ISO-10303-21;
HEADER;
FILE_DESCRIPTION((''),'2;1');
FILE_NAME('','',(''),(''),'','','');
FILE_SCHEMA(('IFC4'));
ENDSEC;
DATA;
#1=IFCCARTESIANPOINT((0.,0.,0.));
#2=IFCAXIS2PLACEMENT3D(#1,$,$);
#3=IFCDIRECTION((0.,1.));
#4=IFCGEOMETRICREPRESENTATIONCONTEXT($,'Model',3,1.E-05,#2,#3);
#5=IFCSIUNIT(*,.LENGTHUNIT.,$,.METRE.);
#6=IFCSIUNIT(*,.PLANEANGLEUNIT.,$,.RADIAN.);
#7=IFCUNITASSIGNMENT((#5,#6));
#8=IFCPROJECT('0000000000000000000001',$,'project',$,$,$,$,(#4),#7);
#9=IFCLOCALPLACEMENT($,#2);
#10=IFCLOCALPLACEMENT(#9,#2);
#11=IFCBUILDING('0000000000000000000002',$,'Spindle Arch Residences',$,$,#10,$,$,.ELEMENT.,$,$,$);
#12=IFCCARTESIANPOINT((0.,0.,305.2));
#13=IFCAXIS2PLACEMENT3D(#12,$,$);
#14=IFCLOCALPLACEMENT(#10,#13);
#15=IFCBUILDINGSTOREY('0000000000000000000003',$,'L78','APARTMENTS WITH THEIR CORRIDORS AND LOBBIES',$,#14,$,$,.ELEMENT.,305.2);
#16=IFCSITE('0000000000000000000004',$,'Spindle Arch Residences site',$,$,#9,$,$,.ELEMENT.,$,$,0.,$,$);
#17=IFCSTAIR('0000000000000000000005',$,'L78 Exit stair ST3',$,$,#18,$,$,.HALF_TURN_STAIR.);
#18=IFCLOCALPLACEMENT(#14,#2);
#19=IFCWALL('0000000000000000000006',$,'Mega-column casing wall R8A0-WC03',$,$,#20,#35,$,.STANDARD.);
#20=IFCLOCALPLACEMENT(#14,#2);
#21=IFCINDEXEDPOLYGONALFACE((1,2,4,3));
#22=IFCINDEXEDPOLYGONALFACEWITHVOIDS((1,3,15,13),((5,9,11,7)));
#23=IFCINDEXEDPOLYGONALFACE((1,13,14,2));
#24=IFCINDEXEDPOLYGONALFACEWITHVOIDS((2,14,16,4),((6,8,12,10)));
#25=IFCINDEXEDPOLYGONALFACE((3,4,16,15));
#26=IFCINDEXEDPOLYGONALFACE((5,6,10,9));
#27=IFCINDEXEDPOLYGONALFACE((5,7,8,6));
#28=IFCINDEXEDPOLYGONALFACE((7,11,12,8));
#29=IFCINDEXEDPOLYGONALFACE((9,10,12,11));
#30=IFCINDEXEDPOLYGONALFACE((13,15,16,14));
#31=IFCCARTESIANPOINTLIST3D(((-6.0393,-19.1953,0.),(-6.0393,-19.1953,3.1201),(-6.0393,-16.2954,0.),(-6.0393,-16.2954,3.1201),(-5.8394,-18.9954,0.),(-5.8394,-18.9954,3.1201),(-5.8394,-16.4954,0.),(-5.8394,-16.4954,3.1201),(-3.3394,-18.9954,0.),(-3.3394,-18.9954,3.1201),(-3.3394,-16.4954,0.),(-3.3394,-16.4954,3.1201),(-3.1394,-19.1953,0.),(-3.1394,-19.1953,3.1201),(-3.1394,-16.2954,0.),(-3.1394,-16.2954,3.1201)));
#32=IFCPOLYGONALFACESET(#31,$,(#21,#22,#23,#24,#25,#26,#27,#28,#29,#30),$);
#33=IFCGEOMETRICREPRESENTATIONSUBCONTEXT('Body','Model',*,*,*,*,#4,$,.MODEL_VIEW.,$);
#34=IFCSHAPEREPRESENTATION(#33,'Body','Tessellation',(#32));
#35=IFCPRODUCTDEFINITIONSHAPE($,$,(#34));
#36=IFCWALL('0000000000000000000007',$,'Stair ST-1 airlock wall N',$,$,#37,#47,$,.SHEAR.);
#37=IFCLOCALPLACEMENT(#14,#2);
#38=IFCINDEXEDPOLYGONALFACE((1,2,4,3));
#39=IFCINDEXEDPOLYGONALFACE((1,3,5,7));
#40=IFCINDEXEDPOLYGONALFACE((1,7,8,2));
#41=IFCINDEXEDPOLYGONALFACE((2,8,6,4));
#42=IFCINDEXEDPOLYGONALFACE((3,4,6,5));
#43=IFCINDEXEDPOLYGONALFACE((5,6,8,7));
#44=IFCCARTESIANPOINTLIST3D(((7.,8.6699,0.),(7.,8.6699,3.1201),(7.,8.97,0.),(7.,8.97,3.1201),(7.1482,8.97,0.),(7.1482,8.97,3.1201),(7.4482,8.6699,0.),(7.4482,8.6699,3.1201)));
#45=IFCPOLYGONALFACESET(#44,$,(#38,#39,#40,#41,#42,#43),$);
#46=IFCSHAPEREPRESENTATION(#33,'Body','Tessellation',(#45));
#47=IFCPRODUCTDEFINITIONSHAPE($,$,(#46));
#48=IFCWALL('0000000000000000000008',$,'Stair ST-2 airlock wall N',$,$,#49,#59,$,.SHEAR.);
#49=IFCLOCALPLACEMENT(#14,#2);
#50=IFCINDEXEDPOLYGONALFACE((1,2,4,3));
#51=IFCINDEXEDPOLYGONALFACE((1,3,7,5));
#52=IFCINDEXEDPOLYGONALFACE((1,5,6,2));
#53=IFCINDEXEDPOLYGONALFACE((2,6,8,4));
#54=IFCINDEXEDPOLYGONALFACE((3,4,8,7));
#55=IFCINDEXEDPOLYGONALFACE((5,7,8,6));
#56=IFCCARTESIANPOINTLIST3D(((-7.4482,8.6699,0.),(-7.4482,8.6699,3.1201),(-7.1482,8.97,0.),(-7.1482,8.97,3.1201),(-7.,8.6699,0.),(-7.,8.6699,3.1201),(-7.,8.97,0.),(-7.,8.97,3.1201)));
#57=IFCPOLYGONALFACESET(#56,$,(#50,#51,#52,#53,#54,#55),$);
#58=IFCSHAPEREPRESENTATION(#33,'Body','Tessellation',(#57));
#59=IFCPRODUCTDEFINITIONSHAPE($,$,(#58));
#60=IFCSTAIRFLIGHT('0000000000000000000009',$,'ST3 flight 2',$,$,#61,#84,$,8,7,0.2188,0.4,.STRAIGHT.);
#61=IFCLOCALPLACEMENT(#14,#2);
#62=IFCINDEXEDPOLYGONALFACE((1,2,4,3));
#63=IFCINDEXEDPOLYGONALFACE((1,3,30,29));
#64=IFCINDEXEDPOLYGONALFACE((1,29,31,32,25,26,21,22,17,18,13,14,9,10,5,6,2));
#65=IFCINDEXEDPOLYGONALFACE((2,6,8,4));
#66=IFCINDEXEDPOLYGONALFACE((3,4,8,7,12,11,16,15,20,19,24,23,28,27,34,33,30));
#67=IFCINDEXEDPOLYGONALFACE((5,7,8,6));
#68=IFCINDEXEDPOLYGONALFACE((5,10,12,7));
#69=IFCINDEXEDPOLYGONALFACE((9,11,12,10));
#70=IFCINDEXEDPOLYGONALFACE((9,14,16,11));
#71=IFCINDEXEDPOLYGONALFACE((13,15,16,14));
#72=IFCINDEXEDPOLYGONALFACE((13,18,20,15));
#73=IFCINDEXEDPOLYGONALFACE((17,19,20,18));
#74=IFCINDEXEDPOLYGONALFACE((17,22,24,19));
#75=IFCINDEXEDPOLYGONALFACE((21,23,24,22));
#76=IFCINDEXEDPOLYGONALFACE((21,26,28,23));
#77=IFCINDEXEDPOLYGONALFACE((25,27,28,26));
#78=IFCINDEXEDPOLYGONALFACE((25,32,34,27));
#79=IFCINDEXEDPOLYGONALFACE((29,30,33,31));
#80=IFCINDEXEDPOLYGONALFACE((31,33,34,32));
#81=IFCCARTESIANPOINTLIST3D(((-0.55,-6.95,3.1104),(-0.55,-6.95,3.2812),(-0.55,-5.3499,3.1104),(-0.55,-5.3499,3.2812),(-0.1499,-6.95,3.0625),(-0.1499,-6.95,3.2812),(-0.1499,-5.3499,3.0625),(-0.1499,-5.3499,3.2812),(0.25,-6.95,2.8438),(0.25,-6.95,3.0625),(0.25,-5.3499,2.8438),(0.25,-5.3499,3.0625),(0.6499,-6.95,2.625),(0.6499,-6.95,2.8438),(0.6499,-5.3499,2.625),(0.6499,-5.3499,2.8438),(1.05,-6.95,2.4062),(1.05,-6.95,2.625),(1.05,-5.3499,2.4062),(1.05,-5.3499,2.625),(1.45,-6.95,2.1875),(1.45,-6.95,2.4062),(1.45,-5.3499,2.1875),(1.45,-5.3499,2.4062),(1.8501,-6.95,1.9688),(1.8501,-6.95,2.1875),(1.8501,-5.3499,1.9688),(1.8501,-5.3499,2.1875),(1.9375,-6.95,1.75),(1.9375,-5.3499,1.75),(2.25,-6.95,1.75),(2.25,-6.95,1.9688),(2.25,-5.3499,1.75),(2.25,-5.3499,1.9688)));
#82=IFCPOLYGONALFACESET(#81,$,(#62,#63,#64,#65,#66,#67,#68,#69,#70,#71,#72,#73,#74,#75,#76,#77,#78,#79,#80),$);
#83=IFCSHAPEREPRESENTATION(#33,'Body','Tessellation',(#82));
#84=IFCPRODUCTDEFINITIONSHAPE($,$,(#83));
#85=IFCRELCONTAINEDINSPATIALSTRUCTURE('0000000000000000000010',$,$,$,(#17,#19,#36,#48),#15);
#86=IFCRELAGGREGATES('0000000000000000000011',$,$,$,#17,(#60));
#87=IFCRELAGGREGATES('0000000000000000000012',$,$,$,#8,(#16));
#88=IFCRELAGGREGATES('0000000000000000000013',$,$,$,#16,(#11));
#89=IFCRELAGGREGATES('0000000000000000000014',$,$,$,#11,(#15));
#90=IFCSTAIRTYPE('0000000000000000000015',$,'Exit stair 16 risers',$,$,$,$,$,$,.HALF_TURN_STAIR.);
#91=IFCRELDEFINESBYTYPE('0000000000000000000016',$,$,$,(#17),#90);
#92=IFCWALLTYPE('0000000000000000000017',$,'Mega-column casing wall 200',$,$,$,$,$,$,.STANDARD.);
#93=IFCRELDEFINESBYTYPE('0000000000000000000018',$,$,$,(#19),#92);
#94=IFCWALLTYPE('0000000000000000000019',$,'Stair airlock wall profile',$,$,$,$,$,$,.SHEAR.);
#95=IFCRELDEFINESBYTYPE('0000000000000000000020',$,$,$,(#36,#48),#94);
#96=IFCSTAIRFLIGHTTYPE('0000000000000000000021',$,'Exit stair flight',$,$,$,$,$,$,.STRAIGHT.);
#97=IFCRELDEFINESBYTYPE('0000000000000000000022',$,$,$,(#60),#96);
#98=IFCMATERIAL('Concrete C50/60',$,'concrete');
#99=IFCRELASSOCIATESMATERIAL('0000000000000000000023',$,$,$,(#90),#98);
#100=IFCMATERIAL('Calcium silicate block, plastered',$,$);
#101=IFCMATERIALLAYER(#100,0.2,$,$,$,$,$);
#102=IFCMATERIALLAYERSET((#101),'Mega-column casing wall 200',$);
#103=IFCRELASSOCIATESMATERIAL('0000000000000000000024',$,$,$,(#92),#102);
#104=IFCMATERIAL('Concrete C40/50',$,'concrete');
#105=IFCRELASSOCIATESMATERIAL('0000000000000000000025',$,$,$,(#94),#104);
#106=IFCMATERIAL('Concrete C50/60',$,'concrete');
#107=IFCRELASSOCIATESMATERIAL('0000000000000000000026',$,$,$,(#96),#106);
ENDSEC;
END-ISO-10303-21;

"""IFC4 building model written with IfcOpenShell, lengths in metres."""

from ifc_helpers import new_model, si_unit, direction, frame, origin, place, context, subcontext, project, spatial, polyline, outline, extrude, material, layer, layer_set, type_object, element, aggregate, save


model = new_model("IFC4")

# Units and contexts
model_context = context("Model", 3, precision=1e-05, world=origin(), true_north=direction((0.0, 1.0)))
body_context = subcontext(model_context, "Body", "Model", "MODEL_VIEW")
ifc_project = project(units=[si_unit("LENGTHUNIT", "METRE"), si_unit("PLANEANGLEUNIT", "RADIAN")], contexts=[model_context])

# Site, building, storey
site_placement = place(None, origin())
site = spatial("IfcSite", under=ifc_project, at=site_placement, Name="Spindle Arch Residences site", CompositionType="ELEMENT", RefElevation=0.0)
building_placement = place(site_placement, origin())
building = spatial("IfcBuilding", under=site, at=building_placement, Name="Spindle Arch Residences", CompositionType="ELEMENT")
storey_placement = place(building_placement, frame((0.0, 0.0, 305.2)))
storey = spatial("IfcBuildingStorey", under=building, at=storey_placement, Name="L78", Description="APARTMENTS WITH THEIR CORRIDORS AND LOBBIES", CompositionType="ELEMENT", Elevation=305.2)

# Stair
ifc_material_1 = material(Name="Concrete C50/60", Category="concrete")
stair_type = type_object("IfcStairType", Name="Exit stair 16 risers", PredefinedType="HALF_TURN_STAIR", material=ifc_material_1)
stair_1_placement = place(storey_placement, origin())
stair_1 = element("IfcStair", 1, at=stair_1_placement, inside=storey, type_object=stair_type, Name="L78 Exit stair ST3", PredefinedType="HALF_TURN_STAIR")

# Walls
ifc_material_2 = material(Name="Calcium silicate block, plastered")
ifc_layer_1 = layer(ifc_material_2, 0.2)
ifc_layer_set_1 = layer_set([ifc_layer_1], Name="Mega-column casing wall 200")
wall_type_1 = type_object("IfcWallType", Name="Mega-column casing wall 200", PredefinedType="STANDARD", material=ifc_layer_set_1)
wall_1_placement = place(storey_placement, origin())
element("IfcWall", 2, at=wall_1_placement, inside=storey, type_object=wall_type_1, Name="Mega-column casing wall R8A0-WC03", PredefinedType="STANDARD", context=body_context, shape_type="SweptSolid", body=[
    extrude(outline(polyline([(-3.1394, -16.2954), (-3.1394, -19.1953), (-6.0393, -19.1953), (-6.0393, -16.2954), (-3.1394, -16.2954)]), holes=[polyline([(-5.8394, -18.9954), (-3.3394, -18.9954), (-3.3394, -16.4954), (-5.8394, -16.4954), (-5.8394, -18.9954)])]), origin(), (0.0, 0.0, 1.0), 3.1201),
])
ifc_material_3 = material(Name="Concrete C40/50", Category="concrete")
wall_type_2 = type_object("IfcWallType", Name="Stair airlock wall profile", PredefinedType="SHEAR", material=ifc_material_3)
wall_2_placement = place(storey_placement, origin())
element("IfcWall", 3, at=wall_2_placement, inside=storey, type_object=wall_type_2, Name="Stair ST-1 airlock wall N", PredefinedType="SHEAR", context=body_context, shape_type="SweptSolid", body=[
    extrude(outline(polyline([(7.4482, 8.6699), (7.0, 8.6699), (7.0, 8.97), (7.1482, 8.97), (7.4482, 8.6699)])), origin(), (0.0, 0.0, 1.0), 3.1201),
])
wall_3_placement = place(storey_placement, origin())
element("IfcWall", 4, at=wall_3_placement, inside=storey, type_object=wall_type_2, Name="Stair ST-2 airlock wall N", PredefinedType="SHEAR", context=body_context, shape_type="SweptSolid", body=[
    extrude(outline(polyline([(-7.1482, 8.97), (-7.0, 8.97), (-7.0, 8.6699), (-7.4482, 8.6699), (-7.1482, 8.97)])), origin(), (0.0, 0.0, 1.0), 3.1201),
])

# Stair flight
ifc_material_4 = material(Name="Concrete C50/60", Category="concrete")
stair_flight_type = type_object("IfcStairFlightType", Name="Exit stair flight", PredefinedType="STRAIGHT", material=ifc_material_4)
stair_flight_placement = place(storey_placement, frame((2.25, -6.1499, 1.75), z_axis=(0.0, 0.0, 1.0), x_axis=(-1.0, 0.0, 0.0)))
stair_flight = element("IfcStairFlight", 5, at=stair_flight_placement, type_object=stair_flight_type, Name="ST3 flight 2", NumberOfRisers=8, NumberOfTreads=7, PredefinedType="STRAIGHT", RiserHeight=0.2188, TreadLength=0.4, context=body_context, shape_type="SweptSolid", body=[
    extrude(outline(polyline([(0.0, 0.0), (0.0, 0.2188), (0.3999, 0.2188), (0.3999, 0.4375), (0.8, 0.4375), (0.8, 0.6562), (1.2, 0.6562), (1.2, 0.875), (1.6001, 0.875), (1.6001, 1.0938), (2.0, 1.0938), (2.0, 1.3125), (2.3999, 1.3125), (2.3999, 1.5312), (2.8, 1.5312), (2.8, 1.75), (2.8, 1.3604), (0.3125, 0.0), (0.0, 0.0)])), frame((0.0, 0.8, 0.0), z_axis=(0.0, -1.0, 0.0), x_axis=(1.0, 0.0, 0.0)), (0.0, 0.0, 1.0), 1.6001),
])
aggregate(stair_1, [stair_flight])

save(model, "model.ifc")
